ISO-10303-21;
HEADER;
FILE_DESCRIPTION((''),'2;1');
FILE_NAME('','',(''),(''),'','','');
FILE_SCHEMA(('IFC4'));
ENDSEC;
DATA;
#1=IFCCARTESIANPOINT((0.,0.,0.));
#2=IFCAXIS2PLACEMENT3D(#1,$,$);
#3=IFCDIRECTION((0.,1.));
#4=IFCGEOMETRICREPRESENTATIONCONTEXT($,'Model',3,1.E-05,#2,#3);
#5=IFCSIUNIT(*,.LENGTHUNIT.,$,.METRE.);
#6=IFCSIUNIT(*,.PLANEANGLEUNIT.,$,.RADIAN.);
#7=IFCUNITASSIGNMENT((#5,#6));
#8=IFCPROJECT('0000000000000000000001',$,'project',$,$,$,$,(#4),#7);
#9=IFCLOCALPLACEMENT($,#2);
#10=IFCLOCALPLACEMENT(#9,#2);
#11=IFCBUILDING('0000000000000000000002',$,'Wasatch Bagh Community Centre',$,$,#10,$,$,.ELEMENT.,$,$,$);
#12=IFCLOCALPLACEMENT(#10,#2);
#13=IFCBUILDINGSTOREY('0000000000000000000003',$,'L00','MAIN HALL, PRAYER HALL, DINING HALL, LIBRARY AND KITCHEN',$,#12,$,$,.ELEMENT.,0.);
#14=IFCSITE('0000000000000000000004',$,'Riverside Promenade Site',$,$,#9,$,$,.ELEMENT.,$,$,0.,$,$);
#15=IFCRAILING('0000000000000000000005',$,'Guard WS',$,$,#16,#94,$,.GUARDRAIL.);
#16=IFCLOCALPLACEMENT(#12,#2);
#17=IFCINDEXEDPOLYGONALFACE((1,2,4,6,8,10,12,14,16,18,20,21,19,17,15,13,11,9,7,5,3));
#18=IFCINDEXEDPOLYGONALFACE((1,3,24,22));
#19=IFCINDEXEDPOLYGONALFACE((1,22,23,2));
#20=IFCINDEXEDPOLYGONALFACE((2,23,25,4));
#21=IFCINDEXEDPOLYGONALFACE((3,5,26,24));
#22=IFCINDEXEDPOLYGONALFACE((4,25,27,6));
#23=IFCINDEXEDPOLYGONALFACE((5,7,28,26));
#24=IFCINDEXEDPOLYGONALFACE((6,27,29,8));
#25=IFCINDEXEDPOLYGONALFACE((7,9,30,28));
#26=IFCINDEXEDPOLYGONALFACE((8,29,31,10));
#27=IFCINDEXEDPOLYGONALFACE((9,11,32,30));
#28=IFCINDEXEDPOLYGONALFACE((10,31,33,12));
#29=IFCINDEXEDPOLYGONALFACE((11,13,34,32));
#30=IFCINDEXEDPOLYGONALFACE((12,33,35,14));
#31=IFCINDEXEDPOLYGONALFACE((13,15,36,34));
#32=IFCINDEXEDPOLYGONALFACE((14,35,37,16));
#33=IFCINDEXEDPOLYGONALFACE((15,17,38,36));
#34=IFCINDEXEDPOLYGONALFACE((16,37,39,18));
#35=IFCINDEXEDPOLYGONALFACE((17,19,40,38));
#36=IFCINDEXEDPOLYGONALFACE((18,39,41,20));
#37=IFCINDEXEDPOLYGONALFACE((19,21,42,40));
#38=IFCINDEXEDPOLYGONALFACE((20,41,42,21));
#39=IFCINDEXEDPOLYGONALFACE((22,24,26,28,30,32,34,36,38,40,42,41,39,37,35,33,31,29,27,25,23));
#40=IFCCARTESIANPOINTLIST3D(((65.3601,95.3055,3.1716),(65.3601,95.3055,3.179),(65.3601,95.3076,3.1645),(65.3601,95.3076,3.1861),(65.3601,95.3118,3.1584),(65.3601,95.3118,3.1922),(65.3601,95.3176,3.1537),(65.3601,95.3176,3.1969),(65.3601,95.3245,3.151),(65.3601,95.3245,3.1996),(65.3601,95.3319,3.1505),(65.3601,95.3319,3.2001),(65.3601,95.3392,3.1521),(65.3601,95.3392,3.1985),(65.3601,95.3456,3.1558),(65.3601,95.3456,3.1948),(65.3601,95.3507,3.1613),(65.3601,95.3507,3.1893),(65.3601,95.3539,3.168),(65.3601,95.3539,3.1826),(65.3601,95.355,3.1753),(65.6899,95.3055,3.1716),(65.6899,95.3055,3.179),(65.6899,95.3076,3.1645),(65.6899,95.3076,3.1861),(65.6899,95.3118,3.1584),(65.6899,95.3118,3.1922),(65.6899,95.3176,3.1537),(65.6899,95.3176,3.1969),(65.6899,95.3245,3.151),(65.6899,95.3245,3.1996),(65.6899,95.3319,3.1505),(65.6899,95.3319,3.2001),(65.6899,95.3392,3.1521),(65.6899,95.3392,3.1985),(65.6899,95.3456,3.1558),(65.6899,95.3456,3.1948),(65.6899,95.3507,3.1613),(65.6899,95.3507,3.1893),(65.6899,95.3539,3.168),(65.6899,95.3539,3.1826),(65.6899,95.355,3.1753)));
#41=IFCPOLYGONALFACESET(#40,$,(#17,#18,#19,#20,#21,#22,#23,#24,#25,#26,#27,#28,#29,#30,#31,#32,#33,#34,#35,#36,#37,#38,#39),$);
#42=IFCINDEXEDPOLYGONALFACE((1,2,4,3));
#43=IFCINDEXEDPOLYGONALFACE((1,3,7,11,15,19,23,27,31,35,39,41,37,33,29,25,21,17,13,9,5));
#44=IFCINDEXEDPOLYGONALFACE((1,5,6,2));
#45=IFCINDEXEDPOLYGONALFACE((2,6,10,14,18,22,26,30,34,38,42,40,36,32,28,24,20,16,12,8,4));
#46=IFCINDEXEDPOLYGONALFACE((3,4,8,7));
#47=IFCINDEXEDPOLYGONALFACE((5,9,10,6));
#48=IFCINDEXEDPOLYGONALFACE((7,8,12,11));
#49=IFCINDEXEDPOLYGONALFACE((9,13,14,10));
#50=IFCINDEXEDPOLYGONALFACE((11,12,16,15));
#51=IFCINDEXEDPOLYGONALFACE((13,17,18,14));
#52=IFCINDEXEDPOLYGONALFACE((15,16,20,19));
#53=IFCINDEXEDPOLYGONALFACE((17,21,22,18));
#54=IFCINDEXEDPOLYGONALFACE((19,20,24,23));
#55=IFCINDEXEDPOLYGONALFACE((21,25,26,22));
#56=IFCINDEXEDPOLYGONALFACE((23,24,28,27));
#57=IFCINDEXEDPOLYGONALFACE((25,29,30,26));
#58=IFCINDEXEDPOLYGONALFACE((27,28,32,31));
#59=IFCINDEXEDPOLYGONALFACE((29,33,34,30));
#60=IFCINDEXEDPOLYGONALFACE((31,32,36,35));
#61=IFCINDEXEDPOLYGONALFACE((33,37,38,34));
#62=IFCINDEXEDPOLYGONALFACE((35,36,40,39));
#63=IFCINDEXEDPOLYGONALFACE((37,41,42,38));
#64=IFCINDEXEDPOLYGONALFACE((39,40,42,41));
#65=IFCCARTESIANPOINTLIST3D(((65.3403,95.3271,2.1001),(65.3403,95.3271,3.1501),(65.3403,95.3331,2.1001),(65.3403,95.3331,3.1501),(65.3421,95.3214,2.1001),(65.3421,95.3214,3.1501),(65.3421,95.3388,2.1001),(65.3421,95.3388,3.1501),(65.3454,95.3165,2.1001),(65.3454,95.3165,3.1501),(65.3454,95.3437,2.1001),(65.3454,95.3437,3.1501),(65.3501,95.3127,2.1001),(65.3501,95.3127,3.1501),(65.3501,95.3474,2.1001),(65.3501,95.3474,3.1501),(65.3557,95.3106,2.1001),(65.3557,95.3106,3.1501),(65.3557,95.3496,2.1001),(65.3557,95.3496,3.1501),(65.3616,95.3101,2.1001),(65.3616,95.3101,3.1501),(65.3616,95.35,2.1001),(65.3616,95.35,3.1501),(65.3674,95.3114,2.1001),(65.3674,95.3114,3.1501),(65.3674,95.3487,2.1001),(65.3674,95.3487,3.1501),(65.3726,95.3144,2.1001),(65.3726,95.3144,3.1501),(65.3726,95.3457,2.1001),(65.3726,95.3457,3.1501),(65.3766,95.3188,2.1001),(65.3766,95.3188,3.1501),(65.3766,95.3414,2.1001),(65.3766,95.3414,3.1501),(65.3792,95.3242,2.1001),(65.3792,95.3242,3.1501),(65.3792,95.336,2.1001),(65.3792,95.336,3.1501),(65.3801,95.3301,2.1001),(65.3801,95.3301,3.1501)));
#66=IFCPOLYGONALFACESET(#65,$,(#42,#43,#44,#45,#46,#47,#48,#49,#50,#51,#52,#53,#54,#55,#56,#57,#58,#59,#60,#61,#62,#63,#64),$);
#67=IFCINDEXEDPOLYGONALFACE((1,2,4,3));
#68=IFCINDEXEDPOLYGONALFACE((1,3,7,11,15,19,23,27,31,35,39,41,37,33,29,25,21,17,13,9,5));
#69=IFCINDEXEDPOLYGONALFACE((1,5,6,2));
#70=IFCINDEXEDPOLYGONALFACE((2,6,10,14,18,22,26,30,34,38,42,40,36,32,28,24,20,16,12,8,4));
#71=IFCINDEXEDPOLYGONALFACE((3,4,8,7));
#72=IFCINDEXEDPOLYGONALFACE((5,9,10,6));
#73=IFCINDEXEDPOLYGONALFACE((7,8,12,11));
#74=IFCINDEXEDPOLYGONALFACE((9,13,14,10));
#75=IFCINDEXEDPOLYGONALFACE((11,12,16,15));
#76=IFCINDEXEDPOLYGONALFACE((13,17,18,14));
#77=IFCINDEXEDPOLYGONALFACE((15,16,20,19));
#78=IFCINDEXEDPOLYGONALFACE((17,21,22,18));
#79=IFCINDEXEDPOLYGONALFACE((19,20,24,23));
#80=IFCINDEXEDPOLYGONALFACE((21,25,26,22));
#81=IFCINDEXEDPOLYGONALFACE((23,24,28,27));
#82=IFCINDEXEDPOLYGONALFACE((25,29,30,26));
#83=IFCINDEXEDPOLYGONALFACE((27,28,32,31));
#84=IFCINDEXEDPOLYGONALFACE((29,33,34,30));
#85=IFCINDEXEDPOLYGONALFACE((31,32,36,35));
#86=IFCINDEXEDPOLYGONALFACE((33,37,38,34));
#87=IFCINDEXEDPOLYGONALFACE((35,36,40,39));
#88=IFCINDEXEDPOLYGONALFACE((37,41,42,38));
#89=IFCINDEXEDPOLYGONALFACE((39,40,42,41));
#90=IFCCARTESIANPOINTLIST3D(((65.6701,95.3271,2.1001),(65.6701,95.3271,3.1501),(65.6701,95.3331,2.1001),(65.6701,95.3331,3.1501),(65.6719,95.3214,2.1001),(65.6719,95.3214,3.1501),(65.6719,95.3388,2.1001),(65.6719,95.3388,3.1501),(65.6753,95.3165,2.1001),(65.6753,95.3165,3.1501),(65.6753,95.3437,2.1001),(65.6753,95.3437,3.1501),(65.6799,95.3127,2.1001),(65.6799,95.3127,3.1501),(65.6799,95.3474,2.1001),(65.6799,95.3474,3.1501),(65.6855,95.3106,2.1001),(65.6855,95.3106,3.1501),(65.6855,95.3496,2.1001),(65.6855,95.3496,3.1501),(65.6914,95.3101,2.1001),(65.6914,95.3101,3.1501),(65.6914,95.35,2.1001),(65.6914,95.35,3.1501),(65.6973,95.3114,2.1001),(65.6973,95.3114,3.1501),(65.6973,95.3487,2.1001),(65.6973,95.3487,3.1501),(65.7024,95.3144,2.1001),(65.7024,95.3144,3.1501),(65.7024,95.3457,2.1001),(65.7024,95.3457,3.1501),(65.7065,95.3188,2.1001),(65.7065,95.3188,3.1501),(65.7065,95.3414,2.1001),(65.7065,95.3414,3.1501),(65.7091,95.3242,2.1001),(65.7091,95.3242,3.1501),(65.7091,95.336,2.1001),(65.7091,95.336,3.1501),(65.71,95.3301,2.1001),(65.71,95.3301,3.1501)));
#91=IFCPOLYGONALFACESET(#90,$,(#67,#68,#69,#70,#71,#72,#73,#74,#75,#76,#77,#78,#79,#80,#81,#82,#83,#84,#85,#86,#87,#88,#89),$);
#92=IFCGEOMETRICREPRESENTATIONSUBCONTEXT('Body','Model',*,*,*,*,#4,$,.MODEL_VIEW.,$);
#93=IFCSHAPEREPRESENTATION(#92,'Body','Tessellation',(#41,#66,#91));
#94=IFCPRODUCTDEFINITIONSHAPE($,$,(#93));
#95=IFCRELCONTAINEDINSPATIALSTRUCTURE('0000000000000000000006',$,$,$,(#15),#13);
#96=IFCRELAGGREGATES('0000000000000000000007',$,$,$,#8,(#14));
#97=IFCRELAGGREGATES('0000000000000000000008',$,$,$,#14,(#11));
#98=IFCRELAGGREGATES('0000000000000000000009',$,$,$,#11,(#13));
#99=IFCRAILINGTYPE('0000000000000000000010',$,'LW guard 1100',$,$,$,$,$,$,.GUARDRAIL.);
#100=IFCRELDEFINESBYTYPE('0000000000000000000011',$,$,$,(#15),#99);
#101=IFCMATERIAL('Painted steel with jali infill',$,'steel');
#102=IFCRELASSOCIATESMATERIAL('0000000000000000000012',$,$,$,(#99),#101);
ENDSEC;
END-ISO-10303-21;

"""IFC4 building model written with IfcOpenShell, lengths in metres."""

from ifc_helpers import new_model, si_unit, direction, frame, origin, origin_2d, place, context, subcontext, project, spatial, circle, extrude, material, type_object, element, save


model = new_model("IFC4")

# Units and contexts
model_context = context("Model", 3, precision=1e-05, world=origin(), true_north=direction((0.0, 1.0)))
body_context = subcontext(model_context, "Body", "Model", "MODEL_VIEW")
ifc_project = project(units=[si_unit("LENGTHUNIT", "METRE"), si_unit("PLANEANGLEUNIT", "RADIAN")], contexts=[model_context])

# Site, building, storey
site_placement = place(None, origin())
site = spatial("IfcSite", under=ifc_project, at=site_placement, Name="Riverside Promenade Site", CompositionType="ELEMENT", RefElevation=0.0)
building_placement = place(site_placement, origin())
building = spatial("IfcBuilding", under=site, at=building_placement, Name="Wasatch Bagh Community Centre", CompositionType="ELEMENT")
storey_placement = place(building_placement, origin())
storey = spatial("IfcBuildingStorey", under=building, at=storey_placement, Name="L00", Description="MAIN HALL, PRAYER HALL, DINING HALL, LIBRARY AND KITCHEN", CompositionType="ELEMENT", Elevation=0.0)

# Railing
ifc_material_1 = material(Name="Painted steel with jali infill", Category="steel")
railing_type_1 = type_object("IfcRailingType", Name="LW guard 1100", PredefinedType="GUARDRAIL", material=ifc_material_1)
railing_placement = place(storey_placement, frame((65.3601, 95.3301, 2.1001)))
element("IfcRailing", 1, at=railing_placement, inside=storey, type_object=railing_type_1, Name="Guard WS", PredefinedType="GUARDRAIL", context=body_context, shape_type="SweptSolid", body=[
    extrude(circle(Radius=0.0249, at=origin_2d()), frame((0.0, 0.0, 1.0752), z_axis=(1.0, 0.0, 0.0), x_axis=(0.0, 1.0, 0.0)), (0.0, 0.0, 1.0), 0.3298),
    extrude(circle(Radius=0.02, at=origin_2d()), origin(), (0.0, 0.0, 1.0), 1.05),
    extrude(circle(Radius=0.02, at=origin_2d()), frame((0.3298, 0.0, 0.0)), (0.0, 0.0, 1.0), 1.05),
])

save(model, "model.ifc")
